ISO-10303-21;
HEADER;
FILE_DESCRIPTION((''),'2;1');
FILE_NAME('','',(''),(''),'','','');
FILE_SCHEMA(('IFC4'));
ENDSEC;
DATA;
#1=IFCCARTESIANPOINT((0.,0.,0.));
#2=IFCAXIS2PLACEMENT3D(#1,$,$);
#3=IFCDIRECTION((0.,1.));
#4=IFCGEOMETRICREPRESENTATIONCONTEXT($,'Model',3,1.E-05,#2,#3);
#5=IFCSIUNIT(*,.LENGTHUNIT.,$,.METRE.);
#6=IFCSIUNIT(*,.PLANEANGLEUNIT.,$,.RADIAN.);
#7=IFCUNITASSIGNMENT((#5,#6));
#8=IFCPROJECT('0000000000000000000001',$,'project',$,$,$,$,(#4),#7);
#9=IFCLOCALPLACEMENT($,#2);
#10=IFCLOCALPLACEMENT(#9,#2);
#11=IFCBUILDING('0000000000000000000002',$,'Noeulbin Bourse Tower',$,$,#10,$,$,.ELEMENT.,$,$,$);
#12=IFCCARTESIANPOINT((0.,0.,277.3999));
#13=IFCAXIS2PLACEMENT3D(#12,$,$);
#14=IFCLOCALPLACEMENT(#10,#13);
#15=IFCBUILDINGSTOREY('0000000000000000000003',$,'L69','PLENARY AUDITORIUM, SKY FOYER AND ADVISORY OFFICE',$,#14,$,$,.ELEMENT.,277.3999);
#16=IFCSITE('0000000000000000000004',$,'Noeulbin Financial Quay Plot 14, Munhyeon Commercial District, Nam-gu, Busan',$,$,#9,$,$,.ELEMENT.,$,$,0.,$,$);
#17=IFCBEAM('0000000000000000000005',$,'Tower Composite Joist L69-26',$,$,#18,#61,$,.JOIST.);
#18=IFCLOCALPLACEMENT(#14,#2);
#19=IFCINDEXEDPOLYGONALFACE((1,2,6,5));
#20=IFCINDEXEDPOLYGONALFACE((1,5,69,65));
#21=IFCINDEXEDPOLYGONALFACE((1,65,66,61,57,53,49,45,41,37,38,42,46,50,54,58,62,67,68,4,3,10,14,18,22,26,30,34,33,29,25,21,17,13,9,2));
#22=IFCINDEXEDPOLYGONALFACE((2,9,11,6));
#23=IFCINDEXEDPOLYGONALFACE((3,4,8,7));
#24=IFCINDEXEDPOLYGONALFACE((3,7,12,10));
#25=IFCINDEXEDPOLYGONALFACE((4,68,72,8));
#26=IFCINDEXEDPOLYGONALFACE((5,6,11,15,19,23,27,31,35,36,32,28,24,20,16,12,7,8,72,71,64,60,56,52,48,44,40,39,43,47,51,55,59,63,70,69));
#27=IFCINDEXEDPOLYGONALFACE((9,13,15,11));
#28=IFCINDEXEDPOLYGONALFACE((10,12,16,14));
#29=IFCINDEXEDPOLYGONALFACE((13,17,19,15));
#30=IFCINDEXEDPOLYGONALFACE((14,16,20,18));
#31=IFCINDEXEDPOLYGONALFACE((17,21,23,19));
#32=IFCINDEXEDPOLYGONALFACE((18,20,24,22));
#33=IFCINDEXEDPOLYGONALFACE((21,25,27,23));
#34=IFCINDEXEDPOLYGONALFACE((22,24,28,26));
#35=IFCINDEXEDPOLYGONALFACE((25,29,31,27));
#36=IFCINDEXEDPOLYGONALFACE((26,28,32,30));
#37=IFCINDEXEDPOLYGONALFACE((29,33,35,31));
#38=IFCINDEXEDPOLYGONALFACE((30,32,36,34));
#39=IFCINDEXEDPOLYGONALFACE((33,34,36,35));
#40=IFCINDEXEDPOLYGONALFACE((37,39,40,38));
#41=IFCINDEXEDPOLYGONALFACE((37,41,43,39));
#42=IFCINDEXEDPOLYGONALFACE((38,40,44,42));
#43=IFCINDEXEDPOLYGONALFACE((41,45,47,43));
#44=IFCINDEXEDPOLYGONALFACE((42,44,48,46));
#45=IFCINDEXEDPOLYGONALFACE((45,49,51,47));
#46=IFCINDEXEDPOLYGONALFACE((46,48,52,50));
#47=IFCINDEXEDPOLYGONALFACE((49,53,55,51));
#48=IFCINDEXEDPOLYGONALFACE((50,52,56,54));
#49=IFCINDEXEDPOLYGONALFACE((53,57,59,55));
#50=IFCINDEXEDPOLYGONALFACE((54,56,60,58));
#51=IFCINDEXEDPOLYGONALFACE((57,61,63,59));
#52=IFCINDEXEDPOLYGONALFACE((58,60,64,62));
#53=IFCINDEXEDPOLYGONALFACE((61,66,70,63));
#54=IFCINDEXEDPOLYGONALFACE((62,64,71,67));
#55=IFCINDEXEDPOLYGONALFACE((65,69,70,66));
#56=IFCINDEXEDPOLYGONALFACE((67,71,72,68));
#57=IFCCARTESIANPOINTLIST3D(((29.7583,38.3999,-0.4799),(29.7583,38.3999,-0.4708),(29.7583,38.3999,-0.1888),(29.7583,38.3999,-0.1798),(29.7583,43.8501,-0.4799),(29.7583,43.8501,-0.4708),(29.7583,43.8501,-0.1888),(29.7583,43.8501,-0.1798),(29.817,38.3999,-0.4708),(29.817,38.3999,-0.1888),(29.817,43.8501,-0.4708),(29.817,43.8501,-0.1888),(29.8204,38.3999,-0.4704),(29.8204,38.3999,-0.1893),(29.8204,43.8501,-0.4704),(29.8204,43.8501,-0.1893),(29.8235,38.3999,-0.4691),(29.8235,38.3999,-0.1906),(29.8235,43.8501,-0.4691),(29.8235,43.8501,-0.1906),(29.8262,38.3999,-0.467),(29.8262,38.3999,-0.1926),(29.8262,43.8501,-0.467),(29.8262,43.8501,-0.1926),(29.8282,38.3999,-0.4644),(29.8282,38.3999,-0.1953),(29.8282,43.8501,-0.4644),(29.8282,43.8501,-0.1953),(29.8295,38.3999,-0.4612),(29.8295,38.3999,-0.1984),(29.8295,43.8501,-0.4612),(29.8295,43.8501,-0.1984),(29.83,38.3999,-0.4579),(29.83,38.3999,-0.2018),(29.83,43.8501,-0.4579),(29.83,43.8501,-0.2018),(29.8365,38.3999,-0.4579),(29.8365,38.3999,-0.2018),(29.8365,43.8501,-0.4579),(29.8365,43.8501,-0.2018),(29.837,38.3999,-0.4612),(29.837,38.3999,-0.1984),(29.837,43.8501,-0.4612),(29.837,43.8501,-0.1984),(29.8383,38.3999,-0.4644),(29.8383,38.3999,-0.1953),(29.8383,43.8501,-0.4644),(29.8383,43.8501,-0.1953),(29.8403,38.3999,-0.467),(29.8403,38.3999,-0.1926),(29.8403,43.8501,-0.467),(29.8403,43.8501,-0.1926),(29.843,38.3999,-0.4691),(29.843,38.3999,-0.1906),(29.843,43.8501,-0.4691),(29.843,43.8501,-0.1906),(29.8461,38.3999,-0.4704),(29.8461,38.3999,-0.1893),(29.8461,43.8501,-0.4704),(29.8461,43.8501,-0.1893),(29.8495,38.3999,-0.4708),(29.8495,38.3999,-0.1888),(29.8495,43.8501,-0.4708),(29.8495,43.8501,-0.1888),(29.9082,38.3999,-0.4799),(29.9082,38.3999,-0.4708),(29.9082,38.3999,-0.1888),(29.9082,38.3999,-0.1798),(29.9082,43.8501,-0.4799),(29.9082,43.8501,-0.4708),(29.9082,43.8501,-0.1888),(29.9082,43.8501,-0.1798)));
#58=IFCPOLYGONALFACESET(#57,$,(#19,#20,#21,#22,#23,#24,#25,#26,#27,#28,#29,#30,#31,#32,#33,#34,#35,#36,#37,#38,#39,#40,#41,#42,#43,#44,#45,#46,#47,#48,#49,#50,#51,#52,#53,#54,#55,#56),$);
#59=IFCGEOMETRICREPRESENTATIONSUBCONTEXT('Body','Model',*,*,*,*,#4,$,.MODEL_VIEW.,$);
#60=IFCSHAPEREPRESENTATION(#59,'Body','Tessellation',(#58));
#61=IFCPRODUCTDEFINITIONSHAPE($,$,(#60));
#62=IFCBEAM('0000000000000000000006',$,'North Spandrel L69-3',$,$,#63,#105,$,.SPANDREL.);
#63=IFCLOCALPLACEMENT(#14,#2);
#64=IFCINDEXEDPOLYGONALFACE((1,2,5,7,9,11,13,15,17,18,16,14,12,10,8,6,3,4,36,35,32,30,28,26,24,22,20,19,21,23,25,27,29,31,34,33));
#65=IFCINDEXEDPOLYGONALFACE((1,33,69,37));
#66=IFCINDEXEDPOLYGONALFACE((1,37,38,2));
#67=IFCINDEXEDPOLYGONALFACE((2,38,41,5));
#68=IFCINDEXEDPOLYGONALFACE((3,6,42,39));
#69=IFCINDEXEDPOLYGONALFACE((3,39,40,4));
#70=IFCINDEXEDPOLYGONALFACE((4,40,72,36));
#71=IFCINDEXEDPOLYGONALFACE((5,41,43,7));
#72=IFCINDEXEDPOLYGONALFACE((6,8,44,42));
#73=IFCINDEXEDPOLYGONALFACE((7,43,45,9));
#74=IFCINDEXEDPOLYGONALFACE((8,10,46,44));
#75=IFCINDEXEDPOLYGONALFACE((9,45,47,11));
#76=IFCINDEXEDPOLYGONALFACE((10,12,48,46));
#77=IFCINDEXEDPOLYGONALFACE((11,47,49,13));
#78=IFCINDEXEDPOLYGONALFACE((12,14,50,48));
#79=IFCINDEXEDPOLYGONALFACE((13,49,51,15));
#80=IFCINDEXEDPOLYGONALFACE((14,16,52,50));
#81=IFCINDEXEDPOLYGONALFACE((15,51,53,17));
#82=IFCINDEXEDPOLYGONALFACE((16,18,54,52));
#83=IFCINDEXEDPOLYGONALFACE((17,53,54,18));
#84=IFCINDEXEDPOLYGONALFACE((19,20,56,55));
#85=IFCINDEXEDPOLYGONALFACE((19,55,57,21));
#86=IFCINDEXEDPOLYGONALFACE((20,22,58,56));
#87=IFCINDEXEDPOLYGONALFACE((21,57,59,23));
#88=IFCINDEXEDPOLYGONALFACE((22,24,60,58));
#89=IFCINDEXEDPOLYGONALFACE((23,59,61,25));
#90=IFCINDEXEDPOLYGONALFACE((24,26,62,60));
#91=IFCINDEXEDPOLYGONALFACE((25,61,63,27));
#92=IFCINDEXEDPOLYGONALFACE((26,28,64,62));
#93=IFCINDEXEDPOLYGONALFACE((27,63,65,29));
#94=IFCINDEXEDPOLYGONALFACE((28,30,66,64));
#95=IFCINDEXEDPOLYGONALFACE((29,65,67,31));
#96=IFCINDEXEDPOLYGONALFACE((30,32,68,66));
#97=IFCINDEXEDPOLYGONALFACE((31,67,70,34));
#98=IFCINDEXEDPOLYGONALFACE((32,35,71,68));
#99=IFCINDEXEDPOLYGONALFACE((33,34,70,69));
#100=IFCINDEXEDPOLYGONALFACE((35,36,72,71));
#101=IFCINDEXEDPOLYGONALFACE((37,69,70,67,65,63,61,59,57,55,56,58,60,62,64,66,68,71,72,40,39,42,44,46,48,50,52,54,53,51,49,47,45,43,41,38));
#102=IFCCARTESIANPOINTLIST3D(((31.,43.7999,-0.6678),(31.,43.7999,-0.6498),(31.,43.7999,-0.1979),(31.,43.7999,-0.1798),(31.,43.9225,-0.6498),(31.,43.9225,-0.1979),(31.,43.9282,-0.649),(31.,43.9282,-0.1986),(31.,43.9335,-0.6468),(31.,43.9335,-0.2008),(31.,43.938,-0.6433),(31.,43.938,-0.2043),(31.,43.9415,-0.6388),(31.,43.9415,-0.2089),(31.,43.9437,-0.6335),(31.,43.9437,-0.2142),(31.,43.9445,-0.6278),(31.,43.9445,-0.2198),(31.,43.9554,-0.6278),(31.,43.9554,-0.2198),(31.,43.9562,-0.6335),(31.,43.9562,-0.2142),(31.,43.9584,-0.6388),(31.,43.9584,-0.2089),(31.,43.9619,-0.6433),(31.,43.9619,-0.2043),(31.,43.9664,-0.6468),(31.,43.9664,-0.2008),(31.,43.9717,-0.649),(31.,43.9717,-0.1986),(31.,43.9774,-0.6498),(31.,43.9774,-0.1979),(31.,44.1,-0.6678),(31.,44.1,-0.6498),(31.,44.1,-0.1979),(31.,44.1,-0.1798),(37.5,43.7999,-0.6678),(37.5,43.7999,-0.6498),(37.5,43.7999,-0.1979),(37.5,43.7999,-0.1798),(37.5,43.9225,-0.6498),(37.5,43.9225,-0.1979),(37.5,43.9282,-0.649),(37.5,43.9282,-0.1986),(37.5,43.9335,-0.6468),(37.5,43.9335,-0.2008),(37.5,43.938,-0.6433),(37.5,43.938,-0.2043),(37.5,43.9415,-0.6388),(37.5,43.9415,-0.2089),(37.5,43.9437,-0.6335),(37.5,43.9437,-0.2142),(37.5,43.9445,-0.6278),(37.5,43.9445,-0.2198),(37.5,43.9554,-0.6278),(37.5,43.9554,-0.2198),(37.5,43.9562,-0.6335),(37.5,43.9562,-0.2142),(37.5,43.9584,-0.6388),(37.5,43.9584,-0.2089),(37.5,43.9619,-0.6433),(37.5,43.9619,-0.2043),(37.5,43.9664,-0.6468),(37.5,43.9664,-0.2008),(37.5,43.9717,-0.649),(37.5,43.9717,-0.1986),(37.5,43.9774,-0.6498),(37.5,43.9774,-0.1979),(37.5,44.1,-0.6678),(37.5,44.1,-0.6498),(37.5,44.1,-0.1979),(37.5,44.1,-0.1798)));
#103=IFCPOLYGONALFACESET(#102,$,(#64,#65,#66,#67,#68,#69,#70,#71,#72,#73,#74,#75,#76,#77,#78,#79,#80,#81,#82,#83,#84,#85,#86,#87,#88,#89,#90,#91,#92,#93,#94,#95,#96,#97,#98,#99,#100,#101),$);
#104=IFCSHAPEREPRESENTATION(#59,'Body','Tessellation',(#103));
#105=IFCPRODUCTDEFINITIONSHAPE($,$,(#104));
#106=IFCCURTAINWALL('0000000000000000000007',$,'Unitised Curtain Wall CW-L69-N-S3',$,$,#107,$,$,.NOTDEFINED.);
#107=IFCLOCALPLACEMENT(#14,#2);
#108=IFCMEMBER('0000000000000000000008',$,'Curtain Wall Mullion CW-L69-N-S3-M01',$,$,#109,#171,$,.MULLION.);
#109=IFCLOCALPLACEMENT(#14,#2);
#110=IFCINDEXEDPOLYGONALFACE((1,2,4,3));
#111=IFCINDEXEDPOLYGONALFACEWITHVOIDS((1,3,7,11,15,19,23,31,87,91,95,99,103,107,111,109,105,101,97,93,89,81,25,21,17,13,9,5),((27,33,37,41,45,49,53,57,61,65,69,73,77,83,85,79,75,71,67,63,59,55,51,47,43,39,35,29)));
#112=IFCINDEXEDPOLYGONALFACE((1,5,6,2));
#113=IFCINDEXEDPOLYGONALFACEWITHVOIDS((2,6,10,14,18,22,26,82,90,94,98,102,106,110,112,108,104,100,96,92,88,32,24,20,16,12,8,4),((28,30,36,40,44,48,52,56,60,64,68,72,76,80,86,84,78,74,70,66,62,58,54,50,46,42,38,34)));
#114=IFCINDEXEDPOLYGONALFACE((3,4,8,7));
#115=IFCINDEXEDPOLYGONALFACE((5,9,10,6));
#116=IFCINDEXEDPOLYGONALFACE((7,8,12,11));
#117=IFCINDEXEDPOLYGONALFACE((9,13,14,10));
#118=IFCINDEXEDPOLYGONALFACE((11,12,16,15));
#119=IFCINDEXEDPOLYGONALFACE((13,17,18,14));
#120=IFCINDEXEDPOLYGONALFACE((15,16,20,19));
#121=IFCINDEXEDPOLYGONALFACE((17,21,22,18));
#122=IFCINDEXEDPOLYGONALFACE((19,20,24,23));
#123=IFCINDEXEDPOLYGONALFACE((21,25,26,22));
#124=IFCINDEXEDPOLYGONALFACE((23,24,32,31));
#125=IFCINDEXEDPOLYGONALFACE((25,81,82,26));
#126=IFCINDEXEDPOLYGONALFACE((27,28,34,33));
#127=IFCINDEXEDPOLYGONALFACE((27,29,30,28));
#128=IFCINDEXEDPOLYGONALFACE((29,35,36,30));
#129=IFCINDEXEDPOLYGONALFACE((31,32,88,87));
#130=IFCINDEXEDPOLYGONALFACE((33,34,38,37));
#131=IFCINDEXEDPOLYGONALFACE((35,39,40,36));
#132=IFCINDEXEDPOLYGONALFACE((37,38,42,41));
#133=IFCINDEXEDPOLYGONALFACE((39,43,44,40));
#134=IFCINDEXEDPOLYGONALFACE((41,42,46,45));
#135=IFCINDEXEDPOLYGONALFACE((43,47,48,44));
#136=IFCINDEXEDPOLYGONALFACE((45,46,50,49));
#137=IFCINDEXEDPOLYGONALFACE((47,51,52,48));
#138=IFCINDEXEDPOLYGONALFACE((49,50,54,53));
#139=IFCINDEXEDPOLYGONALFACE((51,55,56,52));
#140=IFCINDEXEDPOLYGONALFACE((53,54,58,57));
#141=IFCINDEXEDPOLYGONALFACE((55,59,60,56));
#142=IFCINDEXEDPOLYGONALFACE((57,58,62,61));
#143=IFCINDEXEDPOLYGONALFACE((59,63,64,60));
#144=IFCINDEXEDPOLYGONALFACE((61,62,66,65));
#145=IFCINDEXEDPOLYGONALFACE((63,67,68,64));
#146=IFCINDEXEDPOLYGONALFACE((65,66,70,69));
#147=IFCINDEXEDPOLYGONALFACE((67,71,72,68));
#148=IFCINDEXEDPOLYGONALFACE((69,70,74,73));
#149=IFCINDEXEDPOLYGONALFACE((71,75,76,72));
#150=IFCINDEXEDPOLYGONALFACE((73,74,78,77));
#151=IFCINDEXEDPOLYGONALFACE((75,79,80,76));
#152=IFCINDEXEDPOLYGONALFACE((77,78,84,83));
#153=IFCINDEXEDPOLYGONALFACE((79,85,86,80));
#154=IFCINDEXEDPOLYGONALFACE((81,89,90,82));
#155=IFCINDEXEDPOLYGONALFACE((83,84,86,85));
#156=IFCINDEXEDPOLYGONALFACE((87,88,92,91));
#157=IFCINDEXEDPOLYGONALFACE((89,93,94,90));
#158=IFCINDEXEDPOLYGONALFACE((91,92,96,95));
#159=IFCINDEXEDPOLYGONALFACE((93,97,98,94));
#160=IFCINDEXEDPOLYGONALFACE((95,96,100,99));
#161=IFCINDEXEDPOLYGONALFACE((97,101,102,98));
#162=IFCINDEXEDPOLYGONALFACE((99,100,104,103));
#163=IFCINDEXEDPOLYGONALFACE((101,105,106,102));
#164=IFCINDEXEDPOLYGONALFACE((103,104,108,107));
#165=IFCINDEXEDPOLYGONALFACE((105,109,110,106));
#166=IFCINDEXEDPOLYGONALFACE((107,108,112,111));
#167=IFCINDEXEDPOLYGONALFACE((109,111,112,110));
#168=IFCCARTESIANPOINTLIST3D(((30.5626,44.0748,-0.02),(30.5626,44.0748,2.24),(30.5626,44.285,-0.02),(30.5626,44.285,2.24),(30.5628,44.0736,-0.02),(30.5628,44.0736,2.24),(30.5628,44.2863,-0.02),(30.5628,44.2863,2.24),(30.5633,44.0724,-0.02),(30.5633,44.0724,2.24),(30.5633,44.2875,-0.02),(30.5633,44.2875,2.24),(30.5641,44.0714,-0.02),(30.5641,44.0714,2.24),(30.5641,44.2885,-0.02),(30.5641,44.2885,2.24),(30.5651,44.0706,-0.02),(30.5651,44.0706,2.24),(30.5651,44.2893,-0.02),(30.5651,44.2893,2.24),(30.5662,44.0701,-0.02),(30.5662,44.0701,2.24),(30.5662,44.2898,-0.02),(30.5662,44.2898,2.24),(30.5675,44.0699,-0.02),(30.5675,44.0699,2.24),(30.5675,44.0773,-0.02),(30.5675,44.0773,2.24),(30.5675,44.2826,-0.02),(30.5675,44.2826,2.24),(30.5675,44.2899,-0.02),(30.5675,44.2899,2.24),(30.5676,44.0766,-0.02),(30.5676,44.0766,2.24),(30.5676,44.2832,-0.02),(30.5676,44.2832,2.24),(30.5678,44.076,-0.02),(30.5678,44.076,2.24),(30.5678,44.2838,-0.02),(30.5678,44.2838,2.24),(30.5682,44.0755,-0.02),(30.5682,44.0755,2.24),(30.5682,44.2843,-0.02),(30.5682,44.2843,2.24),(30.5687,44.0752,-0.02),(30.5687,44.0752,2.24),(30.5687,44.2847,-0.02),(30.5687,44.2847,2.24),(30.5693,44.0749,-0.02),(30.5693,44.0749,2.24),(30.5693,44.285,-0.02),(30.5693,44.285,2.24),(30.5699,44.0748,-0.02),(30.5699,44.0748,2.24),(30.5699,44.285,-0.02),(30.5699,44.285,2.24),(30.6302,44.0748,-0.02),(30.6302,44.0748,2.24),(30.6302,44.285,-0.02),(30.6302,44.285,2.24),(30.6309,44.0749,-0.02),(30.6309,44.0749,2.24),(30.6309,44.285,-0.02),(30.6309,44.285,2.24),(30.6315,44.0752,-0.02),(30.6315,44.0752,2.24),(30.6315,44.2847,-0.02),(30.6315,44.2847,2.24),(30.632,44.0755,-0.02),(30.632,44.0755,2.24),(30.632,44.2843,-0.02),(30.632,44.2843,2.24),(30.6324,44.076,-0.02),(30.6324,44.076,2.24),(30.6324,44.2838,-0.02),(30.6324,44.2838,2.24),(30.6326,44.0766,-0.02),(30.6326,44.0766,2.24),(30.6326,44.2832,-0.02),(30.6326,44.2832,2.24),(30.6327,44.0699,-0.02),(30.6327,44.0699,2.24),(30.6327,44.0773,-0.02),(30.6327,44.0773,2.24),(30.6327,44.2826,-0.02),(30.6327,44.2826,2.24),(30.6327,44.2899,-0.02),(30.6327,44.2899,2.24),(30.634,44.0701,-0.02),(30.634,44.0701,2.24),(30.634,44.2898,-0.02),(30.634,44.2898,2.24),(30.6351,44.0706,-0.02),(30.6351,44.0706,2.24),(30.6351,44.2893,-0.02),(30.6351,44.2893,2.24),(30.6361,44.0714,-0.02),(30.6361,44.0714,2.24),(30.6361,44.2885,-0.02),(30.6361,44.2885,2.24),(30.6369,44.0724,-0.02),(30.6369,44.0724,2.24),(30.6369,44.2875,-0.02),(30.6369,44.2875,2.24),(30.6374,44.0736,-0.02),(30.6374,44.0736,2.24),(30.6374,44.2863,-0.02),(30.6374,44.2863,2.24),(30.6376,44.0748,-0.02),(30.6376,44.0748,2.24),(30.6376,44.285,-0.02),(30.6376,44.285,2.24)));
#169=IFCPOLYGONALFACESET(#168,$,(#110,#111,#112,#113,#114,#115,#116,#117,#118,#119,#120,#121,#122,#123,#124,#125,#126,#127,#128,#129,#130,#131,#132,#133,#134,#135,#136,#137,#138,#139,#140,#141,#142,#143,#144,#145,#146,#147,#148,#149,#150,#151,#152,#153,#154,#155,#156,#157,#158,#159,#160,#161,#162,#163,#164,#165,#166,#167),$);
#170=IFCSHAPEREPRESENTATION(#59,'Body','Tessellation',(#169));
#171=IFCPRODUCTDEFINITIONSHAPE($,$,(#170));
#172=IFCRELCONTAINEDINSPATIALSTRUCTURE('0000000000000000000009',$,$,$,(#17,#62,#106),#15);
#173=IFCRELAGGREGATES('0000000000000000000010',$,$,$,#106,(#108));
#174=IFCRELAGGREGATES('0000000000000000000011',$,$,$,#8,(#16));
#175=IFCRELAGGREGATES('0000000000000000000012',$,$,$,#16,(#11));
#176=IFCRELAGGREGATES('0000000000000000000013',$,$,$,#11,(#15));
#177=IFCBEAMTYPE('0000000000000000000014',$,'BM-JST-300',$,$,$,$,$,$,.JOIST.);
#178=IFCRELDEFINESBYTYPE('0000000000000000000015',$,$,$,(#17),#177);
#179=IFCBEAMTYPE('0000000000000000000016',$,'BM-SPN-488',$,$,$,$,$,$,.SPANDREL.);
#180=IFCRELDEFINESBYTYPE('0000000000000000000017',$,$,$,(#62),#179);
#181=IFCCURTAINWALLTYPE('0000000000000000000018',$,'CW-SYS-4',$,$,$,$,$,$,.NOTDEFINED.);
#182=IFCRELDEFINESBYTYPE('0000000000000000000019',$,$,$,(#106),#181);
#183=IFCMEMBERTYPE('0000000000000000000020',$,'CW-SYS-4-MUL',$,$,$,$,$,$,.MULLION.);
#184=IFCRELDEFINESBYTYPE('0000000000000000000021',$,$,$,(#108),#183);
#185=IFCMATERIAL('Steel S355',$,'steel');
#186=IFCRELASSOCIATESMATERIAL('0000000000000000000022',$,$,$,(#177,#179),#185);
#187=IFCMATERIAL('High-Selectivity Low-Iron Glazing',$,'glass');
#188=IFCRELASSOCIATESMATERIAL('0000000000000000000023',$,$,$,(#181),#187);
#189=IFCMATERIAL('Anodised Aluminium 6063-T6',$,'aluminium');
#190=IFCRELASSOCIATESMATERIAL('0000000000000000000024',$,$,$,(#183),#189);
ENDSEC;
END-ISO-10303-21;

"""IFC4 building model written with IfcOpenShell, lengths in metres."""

from ifc_helpers import new_model, si_unit, direction, frame, origin, origin_2d, place, context, subcontext, project, spatial, hollow_rectangle, i_section, extrude, material, material_profile, profile_set, type_object, element, aggregate, save


model = new_model("IFC4")

# Units and contexts
model_context = context("Model", 3, precision=1e-05, world=origin(), true_north=direction((0.0, 1.0)))
body_context = subcontext(model_context, "Body", "Model", "MODEL_VIEW")
ifc_project = project(units=[si_unit("LENGTHUNIT", "METRE"), si_unit("PLANEANGLEUNIT", "RADIAN")], contexts=[model_context])

# Site, building, storey
site_placement = place(None, origin())
site = spatial("IfcSite", under=ifc_project, at=site_placement, Name="Noeulbin Financial Quay Plot 14, Munhyeon Commercial District, Nam-gu, Busan", CompositionType="ELEMENT", RefElevation=0.0)
building_placement = place(site_placement, origin())
building = spatial("IfcBuilding", under=site, at=building_placement, Name="Noeulbin Bourse Tower", CompositionType="ELEMENT")
storey_placement = place(building_placement, frame((0.0, 0.0, 277.3999)))
storey = spatial("IfcBuildingStorey", under=building, at=storey_placement, Name="L69", Description="PLENARY AUDITORIUM, SKY FOYER AND ADVISORY OFFICE", CompositionType="ELEMENT", Elevation=277.3999)

# Shared definitions
ifc_material_1 = material(Name="Steel S355", Category="steel")

# Beams
ifc_material_profile_1 = material_profile(ifc_material_1, i_section(OverallWidth=0.1499, OverallDepth=0.3, WebThickness=0.0066, FlangeThickness=0.009, FilletRadius=0.0129, at=origin_2d()), Name="H-300x150x6.5x9", Category="LoadBearing")
ifc_profile_set_1 = profile_set([ifc_material_profile_1], Name="Steel S355")
beam_type_1 = type_object("IfcBeamType", Name="BM-JST-300", PredefinedType="JOIST", material=ifc_profile_set_1)
for number, where, z_axis, x_axis, name in (
    (1, (29.8333, 38.3999, -0.3298), (0.0, 1.0, 0.0), (-1.0, 0.0, 0.0), "Tower Composite Joist L69-26"),
):
    element("IfcBeam", number, at=place(storey_placement, frame(where, z_axis=z_axis, x_axis=x_axis)), inside=storey, type_object=beam_type_1, Name=name, PredefinedType="JOIST", context=body_context, shape_type="SweptSolid", body=[
        extrude(i_section(OverallWidth=0.1499, OverallDepth=0.3, WebThickness=0.0066, FlangeThickness=0.009, FilletRadius=0.0129, at=origin_2d()), origin(), (0.0, 0.0, 1.0), 5.4502),
    ])
ifc_material_profile_2 = material_profile(ifc_material_1, i_section(OverallWidth=0.3, OverallDepth=0.488, WebThickness=0.011, FlangeThickness=0.0181, FilletRadius=0.022, at=origin_2d()), Name="H-488x300x11x18", Category="LoadBearing")
ifc_profile_set_2 = profile_set([ifc_material_profile_2], Name="Steel S355")
beam_type_2 = type_object("IfcBeamType", Name="BM-SPN-488", PredefinedType="SPANDREL", material=ifc_profile_set_2)
beam_1_placement = place(storey_placement, frame((31.0, 43.95, -0.4238), z_axis=(1.0, 0.0, 0.0), x_axis=(0.0, 1.0, 0.0)))
element("IfcBeam", 2, at=beam_1_placement, inside=storey, type_object=beam_type_2, Name="North Spandrel L69-3", PredefinedType="SPANDREL", context=body_context, shape_type="SweptSolid", body=[
    extrude(i_section(OverallWidth=0.3, OverallDepth=0.488, WebThickness=0.011, FlangeThickness=0.0181, FilletRadius=0.022, at=origin_2d()), origin(), (0.0, 0.0, 1.0), 6.5),
])

# Curtain wall, member
ifc_material_2 = material(Name="High-Selectivity Low-Iron Glazing", Category="glass")
curtain_wall_type = type_object("IfcCurtainWallType", Name="CW-SYS-4", PredefinedType="NOTDEFINED", material=ifc_material_2)
curtain_wall_placement = place(storey_placement, origin())
curtain_wall = element("IfcCurtainWall", 3, at=curtain_wall_placement, inside=storey, type_object=curtain_wall_type, Name="Unitised Curtain Wall CW-L69-N-S3", PredefinedType="NOTDEFINED")
ifc_material_3 = material(Name="Anodised Aluminium 6063-T6", Category="aluminium")
ifc_material_profile_3 = material_profile(ifc_material_3, hollow_rectangle(XDim=0.075, YDim=0.22, WallThickness=0.0049, InnerFilletRadius=0.0024, OuterFilletRadius=0.0049, at=origin_2d()), Name="ALU-MULL-75x220x5", Category="LoadBearing")
ifc_profile_set_3 = profile_set([ifc_material_profile_3], Name="Anodised Aluminium 6063-T6")
member_type_1 = type_object("IfcMemberType", Name="CW-SYS-4-MUL", PredefinedType="MULLION", material=ifc_profile_set_3)
member_1_placement = place(storey_placement, frame((30.6001, 44.1799, -0.02), z_axis=(0.0, 0.0, 1.0), x_axis=(1.0, 0.0, 0.0)))
member_1 = element("IfcMember", 4, at=member_1_placement, type_object=member_type_1, Name="Curtain Wall Mullion CW-L69-N-S3-M01", PredefinedType="MULLION", context=body_context, shape_type="SweptSolid", body=[
    extrude(hollow_rectangle(XDim=0.075, YDim=0.22, WallThickness=0.0049, InnerFilletRadius=0.0024, OuterFilletRadius=0.0049, at=origin_2d()), origin(), (0.0, 0.0, 1.0), 2.26),
])
aggregate(curtain_wall, [member_1])

save(model, "model.ifc")
